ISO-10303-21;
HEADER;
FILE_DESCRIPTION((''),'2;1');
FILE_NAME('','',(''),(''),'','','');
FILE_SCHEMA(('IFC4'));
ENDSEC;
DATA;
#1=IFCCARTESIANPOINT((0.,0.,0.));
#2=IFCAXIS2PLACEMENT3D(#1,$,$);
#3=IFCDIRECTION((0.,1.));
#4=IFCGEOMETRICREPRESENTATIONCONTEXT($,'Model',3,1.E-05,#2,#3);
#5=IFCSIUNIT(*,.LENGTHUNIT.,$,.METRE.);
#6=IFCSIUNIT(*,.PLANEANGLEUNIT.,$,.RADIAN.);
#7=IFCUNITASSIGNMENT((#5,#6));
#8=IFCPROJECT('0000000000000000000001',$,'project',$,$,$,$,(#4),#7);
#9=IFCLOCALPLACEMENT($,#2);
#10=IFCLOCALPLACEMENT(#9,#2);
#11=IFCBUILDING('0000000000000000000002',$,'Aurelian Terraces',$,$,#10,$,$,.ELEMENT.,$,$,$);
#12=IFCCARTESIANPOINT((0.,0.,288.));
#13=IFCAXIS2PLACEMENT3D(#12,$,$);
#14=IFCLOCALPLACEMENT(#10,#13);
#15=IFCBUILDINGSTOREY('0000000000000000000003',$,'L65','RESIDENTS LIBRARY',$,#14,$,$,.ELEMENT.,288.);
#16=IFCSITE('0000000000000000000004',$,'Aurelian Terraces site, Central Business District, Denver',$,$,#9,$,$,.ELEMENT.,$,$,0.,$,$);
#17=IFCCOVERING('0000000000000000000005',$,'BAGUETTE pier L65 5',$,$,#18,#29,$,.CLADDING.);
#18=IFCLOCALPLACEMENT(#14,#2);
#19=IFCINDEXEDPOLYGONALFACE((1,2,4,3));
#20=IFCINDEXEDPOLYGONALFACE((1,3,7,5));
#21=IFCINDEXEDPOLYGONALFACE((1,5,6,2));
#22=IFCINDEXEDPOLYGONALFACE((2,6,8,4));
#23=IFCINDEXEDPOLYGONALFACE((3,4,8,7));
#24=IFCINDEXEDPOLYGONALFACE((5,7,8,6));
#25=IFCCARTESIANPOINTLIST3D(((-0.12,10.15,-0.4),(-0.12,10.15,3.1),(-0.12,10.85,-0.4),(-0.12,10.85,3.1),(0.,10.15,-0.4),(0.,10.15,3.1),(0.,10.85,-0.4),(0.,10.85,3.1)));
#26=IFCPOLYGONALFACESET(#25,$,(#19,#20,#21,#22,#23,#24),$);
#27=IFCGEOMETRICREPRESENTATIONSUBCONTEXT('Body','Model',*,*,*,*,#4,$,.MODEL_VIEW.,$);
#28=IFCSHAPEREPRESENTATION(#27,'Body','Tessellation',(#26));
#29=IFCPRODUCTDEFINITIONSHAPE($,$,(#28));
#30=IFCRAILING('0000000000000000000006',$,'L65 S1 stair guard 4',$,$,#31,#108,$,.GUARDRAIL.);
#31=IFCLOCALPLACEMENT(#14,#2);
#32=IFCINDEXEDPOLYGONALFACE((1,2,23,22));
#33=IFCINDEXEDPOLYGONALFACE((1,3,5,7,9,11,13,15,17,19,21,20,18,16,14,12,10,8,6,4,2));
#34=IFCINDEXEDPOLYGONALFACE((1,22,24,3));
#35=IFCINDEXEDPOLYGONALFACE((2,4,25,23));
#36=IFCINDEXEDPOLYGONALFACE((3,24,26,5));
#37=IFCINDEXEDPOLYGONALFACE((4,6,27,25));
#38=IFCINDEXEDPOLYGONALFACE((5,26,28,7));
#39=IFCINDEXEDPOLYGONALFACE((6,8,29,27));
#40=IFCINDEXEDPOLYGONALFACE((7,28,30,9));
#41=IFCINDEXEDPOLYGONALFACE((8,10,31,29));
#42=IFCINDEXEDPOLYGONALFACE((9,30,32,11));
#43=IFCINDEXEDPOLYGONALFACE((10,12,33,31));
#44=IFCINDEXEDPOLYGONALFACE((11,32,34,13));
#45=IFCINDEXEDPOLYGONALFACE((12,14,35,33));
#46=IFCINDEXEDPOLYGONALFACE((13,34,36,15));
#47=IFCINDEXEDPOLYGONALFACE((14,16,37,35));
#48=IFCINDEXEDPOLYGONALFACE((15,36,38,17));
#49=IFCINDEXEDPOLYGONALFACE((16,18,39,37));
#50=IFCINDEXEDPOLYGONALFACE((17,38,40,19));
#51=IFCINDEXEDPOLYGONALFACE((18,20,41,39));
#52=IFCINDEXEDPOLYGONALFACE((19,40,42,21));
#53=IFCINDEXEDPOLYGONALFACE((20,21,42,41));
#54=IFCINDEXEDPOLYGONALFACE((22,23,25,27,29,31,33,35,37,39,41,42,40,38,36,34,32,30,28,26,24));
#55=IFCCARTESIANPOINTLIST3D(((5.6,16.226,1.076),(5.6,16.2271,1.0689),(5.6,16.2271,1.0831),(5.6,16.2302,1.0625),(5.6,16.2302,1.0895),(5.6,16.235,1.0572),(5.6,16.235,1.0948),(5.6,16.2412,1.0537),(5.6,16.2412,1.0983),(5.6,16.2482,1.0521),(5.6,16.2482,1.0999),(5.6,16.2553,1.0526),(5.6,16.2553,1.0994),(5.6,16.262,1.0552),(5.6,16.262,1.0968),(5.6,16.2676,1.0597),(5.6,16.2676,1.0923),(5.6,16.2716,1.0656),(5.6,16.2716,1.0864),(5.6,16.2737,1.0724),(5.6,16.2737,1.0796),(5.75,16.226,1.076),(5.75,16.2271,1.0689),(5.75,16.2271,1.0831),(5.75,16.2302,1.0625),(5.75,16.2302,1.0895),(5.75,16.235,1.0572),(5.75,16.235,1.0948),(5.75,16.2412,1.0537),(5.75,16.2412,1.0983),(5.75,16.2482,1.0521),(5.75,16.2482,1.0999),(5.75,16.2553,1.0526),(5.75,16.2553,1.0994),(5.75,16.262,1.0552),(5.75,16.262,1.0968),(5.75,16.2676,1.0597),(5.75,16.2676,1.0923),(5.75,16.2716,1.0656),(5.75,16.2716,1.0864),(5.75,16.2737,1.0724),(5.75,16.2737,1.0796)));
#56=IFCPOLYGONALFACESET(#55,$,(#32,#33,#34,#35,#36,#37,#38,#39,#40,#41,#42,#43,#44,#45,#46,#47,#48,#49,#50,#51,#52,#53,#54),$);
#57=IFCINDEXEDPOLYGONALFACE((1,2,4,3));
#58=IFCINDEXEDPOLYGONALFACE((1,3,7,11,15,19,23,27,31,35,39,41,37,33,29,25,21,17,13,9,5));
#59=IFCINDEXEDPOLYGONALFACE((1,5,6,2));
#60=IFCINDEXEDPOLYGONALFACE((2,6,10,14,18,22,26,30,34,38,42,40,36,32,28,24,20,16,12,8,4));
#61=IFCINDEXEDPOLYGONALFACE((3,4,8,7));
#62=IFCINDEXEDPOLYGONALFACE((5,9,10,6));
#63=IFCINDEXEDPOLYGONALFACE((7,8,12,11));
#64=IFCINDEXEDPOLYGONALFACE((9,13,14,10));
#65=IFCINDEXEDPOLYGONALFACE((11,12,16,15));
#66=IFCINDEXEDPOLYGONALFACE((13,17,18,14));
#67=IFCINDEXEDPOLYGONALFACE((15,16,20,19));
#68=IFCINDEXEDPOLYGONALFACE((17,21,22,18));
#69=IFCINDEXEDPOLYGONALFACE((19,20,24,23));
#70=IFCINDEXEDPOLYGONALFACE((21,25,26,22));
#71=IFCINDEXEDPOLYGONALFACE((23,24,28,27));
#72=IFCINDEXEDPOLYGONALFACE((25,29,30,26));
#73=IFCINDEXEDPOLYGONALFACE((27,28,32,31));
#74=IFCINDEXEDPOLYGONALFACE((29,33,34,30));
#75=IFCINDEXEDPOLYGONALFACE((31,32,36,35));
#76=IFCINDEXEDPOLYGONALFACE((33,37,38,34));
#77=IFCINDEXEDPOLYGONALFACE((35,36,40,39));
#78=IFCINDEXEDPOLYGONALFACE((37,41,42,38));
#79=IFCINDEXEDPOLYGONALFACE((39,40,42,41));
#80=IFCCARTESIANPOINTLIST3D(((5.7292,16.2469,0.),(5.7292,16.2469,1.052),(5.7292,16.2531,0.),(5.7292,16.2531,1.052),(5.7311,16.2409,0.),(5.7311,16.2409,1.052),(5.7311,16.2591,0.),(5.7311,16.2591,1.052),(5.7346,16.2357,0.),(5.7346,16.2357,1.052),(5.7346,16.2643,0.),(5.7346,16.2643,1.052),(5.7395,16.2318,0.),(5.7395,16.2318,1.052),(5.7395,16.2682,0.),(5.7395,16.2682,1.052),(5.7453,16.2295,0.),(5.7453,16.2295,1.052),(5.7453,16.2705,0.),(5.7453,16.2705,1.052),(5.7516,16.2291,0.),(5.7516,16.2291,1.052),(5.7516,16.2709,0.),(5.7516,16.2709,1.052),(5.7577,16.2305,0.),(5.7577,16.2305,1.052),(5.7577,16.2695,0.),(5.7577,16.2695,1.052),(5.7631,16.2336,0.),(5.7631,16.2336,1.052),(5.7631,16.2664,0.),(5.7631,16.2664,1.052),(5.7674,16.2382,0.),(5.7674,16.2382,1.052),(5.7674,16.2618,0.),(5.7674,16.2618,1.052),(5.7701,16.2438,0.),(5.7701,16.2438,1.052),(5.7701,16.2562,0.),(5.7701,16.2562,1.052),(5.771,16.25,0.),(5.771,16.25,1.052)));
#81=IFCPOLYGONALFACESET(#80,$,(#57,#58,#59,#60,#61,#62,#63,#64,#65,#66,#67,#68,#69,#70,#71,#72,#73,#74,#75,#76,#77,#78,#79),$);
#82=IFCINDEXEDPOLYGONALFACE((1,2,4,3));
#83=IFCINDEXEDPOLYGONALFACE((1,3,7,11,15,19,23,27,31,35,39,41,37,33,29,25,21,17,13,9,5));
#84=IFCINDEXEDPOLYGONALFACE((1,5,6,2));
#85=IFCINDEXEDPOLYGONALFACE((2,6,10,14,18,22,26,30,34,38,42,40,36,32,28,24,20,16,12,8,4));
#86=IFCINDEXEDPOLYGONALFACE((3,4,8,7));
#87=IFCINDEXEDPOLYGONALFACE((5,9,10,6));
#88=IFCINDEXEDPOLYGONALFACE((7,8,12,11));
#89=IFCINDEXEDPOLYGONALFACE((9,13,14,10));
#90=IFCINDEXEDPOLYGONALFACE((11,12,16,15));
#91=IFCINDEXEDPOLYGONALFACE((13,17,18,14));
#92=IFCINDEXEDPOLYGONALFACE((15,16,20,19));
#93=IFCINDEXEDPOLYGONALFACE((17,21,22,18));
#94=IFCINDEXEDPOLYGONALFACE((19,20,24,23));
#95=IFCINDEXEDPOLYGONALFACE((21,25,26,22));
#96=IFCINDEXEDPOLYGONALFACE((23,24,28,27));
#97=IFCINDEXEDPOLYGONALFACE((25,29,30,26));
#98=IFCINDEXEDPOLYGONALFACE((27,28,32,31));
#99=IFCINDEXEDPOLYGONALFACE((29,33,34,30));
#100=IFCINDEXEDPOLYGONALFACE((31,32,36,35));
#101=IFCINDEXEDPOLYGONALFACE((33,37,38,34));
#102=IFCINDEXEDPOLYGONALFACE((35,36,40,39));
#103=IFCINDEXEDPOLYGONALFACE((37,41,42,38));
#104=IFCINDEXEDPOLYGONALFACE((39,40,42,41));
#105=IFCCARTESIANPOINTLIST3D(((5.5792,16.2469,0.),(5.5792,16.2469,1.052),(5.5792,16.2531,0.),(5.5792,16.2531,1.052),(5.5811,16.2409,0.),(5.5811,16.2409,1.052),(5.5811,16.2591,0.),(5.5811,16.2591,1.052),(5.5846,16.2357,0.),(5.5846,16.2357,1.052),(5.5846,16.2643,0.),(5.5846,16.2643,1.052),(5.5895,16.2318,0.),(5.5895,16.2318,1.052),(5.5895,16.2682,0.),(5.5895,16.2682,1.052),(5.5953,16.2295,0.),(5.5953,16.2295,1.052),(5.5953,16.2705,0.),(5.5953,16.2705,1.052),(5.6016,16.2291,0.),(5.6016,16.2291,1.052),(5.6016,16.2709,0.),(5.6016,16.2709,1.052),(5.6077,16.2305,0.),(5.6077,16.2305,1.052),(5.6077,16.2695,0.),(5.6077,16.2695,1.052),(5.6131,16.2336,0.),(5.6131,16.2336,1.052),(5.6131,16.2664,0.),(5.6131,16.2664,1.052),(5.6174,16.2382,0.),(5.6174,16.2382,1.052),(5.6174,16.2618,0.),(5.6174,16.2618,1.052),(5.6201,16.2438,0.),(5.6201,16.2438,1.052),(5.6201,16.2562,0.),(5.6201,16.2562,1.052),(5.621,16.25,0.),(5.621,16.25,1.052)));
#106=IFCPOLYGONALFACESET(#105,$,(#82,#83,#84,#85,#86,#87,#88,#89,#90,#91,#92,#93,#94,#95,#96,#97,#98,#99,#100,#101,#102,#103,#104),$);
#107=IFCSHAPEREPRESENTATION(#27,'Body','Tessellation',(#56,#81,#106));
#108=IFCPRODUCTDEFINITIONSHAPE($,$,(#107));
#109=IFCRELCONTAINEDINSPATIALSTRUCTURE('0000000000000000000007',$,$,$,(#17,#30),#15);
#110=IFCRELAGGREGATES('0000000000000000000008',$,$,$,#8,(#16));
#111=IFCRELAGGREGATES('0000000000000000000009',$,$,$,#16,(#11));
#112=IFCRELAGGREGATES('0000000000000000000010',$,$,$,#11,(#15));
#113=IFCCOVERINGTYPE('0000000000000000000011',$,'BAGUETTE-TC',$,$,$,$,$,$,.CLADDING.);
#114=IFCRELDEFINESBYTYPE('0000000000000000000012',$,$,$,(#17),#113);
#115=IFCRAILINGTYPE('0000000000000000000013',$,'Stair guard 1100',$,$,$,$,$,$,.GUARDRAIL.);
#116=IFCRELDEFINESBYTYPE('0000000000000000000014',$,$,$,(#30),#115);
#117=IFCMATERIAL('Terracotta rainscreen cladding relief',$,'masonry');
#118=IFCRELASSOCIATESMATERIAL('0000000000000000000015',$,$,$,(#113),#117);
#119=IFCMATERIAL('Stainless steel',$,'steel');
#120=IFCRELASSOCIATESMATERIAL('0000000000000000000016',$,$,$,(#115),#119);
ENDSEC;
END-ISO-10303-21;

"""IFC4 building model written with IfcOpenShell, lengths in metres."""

from ifc_helpers import new_model, si_unit, direction, frame, origin, origin_2d, place, context, subcontext, project, spatial, rectangle, circle, extrude, source, transform, mapped, material, type_object, element, save


model = new_model("IFC4")

# Units and contexts
model_context = context("Model", 3, precision=1e-05, world=origin(), true_north=direction((0.0, 1.0)))
body_context = subcontext(model_context, "Body", "Model", "MODEL_VIEW")
ifc_project = project(units=[si_unit("LENGTHUNIT", "METRE"), si_unit("PLANEANGLEUNIT", "RADIAN")], contexts=[model_context])

# Site, building, storey
site_placement = place(None, origin())
site = spatial("IfcSite", under=ifc_project, at=site_placement, Name="Aurelian Terraces site, Central Business District, Denver", CompositionType="ELEMENT", RefElevation=0.0)
building_placement = place(site_placement, origin())
building = spatial("IfcBuilding", under=site, at=building_placement, Name="Aurelian Terraces", CompositionType="ELEMENT")
storey_placement = place(building_placement, frame((0.0, 0.0, 288.0)))
storey = spatial("IfcBuildingStorey", under=building, at=storey_placement, Name="L65", Description="RESIDENTS LIBRARY", CompositionType="ELEMENT", Elevation=288.0)

# Shared definitions
ifc_material_1 = material(Name="Stainless steel", Category="steel")

# Covering
ifc_material_2 = material(Name="Terracotta rainscreen cladding relief", Category="masonry")
covering_type = type_object("IfcCoveringType", Name="BAGUETTE-TC", PredefinedType="CLADDING", material=ifc_material_2)
shared_shape_1 = source(origin(), body_context, "Body", "SweptSolid", [
    extrude(rectangle(XDim=0.12, YDim=0.7, at=origin_2d()), origin(), (0.0, 0.0, 1.0), 3.5),
])
covering_placement = place(storey_placement, frame((-0.06, 10.5, -0.4), z_axis=(0.0, 0.0, 1.0), x_axis=(1.0, 0.0, 0.0)))
element("IfcCovering", 1, at=covering_placement, inside=storey, type_object=covering_type, Name="BAGUETTE pier L65 5", PredefinedType="CLADDING", context=body_context, shape_type="MappedRepresentation", body=[
    mapped(shared_shape_1, transform((0.0, 0.0, 0.0), scale=1.0)),
])

# Railing
railing_type = type_object("IfcRailingType", Name="Stair guard 1100", PredefinedType="GUARDRAIL", material=ifc_material_1)
shared_shape_2 = source(origin(), body_context, "Body", "SweptSolid", [
    extrude(circle(Radius=0.024, at=origin_2d()), frame((0.0, 0.0, 1.076), z_axis=(-1.0, 0.0, 0.0), x_axis=(0.0, -1.0, 0.0)), (0.0, 0.0, 1.0), 0.15),
    extrude(circle(Radius=0.021, at=origin_2d()), origin(), (0.0, 0.0, 1.0), 1.052),
    extrude(circle(Radius=0.021, at=origin_2d()), frame((-0.15, 0.0, 0.0)), (0.0, 0.0, 1.0), 1.052),
])
railing_placement = place(storey_placement, frame((5.75, 16.25, 0.0)))
element("IfcRailing", 2, at=railing_placement, inside=storey, type_object=railing_type, Name="L65 S1 stair guard 4", PredefinedType="GUARDRAIL", context=body_context, shape_type="MappedRepresentation", body=[
    mapped(shared_shape_2, transform((0.0, 0.0, 0.0), scale=1.0)),
])

save(model, "model.ifc")
